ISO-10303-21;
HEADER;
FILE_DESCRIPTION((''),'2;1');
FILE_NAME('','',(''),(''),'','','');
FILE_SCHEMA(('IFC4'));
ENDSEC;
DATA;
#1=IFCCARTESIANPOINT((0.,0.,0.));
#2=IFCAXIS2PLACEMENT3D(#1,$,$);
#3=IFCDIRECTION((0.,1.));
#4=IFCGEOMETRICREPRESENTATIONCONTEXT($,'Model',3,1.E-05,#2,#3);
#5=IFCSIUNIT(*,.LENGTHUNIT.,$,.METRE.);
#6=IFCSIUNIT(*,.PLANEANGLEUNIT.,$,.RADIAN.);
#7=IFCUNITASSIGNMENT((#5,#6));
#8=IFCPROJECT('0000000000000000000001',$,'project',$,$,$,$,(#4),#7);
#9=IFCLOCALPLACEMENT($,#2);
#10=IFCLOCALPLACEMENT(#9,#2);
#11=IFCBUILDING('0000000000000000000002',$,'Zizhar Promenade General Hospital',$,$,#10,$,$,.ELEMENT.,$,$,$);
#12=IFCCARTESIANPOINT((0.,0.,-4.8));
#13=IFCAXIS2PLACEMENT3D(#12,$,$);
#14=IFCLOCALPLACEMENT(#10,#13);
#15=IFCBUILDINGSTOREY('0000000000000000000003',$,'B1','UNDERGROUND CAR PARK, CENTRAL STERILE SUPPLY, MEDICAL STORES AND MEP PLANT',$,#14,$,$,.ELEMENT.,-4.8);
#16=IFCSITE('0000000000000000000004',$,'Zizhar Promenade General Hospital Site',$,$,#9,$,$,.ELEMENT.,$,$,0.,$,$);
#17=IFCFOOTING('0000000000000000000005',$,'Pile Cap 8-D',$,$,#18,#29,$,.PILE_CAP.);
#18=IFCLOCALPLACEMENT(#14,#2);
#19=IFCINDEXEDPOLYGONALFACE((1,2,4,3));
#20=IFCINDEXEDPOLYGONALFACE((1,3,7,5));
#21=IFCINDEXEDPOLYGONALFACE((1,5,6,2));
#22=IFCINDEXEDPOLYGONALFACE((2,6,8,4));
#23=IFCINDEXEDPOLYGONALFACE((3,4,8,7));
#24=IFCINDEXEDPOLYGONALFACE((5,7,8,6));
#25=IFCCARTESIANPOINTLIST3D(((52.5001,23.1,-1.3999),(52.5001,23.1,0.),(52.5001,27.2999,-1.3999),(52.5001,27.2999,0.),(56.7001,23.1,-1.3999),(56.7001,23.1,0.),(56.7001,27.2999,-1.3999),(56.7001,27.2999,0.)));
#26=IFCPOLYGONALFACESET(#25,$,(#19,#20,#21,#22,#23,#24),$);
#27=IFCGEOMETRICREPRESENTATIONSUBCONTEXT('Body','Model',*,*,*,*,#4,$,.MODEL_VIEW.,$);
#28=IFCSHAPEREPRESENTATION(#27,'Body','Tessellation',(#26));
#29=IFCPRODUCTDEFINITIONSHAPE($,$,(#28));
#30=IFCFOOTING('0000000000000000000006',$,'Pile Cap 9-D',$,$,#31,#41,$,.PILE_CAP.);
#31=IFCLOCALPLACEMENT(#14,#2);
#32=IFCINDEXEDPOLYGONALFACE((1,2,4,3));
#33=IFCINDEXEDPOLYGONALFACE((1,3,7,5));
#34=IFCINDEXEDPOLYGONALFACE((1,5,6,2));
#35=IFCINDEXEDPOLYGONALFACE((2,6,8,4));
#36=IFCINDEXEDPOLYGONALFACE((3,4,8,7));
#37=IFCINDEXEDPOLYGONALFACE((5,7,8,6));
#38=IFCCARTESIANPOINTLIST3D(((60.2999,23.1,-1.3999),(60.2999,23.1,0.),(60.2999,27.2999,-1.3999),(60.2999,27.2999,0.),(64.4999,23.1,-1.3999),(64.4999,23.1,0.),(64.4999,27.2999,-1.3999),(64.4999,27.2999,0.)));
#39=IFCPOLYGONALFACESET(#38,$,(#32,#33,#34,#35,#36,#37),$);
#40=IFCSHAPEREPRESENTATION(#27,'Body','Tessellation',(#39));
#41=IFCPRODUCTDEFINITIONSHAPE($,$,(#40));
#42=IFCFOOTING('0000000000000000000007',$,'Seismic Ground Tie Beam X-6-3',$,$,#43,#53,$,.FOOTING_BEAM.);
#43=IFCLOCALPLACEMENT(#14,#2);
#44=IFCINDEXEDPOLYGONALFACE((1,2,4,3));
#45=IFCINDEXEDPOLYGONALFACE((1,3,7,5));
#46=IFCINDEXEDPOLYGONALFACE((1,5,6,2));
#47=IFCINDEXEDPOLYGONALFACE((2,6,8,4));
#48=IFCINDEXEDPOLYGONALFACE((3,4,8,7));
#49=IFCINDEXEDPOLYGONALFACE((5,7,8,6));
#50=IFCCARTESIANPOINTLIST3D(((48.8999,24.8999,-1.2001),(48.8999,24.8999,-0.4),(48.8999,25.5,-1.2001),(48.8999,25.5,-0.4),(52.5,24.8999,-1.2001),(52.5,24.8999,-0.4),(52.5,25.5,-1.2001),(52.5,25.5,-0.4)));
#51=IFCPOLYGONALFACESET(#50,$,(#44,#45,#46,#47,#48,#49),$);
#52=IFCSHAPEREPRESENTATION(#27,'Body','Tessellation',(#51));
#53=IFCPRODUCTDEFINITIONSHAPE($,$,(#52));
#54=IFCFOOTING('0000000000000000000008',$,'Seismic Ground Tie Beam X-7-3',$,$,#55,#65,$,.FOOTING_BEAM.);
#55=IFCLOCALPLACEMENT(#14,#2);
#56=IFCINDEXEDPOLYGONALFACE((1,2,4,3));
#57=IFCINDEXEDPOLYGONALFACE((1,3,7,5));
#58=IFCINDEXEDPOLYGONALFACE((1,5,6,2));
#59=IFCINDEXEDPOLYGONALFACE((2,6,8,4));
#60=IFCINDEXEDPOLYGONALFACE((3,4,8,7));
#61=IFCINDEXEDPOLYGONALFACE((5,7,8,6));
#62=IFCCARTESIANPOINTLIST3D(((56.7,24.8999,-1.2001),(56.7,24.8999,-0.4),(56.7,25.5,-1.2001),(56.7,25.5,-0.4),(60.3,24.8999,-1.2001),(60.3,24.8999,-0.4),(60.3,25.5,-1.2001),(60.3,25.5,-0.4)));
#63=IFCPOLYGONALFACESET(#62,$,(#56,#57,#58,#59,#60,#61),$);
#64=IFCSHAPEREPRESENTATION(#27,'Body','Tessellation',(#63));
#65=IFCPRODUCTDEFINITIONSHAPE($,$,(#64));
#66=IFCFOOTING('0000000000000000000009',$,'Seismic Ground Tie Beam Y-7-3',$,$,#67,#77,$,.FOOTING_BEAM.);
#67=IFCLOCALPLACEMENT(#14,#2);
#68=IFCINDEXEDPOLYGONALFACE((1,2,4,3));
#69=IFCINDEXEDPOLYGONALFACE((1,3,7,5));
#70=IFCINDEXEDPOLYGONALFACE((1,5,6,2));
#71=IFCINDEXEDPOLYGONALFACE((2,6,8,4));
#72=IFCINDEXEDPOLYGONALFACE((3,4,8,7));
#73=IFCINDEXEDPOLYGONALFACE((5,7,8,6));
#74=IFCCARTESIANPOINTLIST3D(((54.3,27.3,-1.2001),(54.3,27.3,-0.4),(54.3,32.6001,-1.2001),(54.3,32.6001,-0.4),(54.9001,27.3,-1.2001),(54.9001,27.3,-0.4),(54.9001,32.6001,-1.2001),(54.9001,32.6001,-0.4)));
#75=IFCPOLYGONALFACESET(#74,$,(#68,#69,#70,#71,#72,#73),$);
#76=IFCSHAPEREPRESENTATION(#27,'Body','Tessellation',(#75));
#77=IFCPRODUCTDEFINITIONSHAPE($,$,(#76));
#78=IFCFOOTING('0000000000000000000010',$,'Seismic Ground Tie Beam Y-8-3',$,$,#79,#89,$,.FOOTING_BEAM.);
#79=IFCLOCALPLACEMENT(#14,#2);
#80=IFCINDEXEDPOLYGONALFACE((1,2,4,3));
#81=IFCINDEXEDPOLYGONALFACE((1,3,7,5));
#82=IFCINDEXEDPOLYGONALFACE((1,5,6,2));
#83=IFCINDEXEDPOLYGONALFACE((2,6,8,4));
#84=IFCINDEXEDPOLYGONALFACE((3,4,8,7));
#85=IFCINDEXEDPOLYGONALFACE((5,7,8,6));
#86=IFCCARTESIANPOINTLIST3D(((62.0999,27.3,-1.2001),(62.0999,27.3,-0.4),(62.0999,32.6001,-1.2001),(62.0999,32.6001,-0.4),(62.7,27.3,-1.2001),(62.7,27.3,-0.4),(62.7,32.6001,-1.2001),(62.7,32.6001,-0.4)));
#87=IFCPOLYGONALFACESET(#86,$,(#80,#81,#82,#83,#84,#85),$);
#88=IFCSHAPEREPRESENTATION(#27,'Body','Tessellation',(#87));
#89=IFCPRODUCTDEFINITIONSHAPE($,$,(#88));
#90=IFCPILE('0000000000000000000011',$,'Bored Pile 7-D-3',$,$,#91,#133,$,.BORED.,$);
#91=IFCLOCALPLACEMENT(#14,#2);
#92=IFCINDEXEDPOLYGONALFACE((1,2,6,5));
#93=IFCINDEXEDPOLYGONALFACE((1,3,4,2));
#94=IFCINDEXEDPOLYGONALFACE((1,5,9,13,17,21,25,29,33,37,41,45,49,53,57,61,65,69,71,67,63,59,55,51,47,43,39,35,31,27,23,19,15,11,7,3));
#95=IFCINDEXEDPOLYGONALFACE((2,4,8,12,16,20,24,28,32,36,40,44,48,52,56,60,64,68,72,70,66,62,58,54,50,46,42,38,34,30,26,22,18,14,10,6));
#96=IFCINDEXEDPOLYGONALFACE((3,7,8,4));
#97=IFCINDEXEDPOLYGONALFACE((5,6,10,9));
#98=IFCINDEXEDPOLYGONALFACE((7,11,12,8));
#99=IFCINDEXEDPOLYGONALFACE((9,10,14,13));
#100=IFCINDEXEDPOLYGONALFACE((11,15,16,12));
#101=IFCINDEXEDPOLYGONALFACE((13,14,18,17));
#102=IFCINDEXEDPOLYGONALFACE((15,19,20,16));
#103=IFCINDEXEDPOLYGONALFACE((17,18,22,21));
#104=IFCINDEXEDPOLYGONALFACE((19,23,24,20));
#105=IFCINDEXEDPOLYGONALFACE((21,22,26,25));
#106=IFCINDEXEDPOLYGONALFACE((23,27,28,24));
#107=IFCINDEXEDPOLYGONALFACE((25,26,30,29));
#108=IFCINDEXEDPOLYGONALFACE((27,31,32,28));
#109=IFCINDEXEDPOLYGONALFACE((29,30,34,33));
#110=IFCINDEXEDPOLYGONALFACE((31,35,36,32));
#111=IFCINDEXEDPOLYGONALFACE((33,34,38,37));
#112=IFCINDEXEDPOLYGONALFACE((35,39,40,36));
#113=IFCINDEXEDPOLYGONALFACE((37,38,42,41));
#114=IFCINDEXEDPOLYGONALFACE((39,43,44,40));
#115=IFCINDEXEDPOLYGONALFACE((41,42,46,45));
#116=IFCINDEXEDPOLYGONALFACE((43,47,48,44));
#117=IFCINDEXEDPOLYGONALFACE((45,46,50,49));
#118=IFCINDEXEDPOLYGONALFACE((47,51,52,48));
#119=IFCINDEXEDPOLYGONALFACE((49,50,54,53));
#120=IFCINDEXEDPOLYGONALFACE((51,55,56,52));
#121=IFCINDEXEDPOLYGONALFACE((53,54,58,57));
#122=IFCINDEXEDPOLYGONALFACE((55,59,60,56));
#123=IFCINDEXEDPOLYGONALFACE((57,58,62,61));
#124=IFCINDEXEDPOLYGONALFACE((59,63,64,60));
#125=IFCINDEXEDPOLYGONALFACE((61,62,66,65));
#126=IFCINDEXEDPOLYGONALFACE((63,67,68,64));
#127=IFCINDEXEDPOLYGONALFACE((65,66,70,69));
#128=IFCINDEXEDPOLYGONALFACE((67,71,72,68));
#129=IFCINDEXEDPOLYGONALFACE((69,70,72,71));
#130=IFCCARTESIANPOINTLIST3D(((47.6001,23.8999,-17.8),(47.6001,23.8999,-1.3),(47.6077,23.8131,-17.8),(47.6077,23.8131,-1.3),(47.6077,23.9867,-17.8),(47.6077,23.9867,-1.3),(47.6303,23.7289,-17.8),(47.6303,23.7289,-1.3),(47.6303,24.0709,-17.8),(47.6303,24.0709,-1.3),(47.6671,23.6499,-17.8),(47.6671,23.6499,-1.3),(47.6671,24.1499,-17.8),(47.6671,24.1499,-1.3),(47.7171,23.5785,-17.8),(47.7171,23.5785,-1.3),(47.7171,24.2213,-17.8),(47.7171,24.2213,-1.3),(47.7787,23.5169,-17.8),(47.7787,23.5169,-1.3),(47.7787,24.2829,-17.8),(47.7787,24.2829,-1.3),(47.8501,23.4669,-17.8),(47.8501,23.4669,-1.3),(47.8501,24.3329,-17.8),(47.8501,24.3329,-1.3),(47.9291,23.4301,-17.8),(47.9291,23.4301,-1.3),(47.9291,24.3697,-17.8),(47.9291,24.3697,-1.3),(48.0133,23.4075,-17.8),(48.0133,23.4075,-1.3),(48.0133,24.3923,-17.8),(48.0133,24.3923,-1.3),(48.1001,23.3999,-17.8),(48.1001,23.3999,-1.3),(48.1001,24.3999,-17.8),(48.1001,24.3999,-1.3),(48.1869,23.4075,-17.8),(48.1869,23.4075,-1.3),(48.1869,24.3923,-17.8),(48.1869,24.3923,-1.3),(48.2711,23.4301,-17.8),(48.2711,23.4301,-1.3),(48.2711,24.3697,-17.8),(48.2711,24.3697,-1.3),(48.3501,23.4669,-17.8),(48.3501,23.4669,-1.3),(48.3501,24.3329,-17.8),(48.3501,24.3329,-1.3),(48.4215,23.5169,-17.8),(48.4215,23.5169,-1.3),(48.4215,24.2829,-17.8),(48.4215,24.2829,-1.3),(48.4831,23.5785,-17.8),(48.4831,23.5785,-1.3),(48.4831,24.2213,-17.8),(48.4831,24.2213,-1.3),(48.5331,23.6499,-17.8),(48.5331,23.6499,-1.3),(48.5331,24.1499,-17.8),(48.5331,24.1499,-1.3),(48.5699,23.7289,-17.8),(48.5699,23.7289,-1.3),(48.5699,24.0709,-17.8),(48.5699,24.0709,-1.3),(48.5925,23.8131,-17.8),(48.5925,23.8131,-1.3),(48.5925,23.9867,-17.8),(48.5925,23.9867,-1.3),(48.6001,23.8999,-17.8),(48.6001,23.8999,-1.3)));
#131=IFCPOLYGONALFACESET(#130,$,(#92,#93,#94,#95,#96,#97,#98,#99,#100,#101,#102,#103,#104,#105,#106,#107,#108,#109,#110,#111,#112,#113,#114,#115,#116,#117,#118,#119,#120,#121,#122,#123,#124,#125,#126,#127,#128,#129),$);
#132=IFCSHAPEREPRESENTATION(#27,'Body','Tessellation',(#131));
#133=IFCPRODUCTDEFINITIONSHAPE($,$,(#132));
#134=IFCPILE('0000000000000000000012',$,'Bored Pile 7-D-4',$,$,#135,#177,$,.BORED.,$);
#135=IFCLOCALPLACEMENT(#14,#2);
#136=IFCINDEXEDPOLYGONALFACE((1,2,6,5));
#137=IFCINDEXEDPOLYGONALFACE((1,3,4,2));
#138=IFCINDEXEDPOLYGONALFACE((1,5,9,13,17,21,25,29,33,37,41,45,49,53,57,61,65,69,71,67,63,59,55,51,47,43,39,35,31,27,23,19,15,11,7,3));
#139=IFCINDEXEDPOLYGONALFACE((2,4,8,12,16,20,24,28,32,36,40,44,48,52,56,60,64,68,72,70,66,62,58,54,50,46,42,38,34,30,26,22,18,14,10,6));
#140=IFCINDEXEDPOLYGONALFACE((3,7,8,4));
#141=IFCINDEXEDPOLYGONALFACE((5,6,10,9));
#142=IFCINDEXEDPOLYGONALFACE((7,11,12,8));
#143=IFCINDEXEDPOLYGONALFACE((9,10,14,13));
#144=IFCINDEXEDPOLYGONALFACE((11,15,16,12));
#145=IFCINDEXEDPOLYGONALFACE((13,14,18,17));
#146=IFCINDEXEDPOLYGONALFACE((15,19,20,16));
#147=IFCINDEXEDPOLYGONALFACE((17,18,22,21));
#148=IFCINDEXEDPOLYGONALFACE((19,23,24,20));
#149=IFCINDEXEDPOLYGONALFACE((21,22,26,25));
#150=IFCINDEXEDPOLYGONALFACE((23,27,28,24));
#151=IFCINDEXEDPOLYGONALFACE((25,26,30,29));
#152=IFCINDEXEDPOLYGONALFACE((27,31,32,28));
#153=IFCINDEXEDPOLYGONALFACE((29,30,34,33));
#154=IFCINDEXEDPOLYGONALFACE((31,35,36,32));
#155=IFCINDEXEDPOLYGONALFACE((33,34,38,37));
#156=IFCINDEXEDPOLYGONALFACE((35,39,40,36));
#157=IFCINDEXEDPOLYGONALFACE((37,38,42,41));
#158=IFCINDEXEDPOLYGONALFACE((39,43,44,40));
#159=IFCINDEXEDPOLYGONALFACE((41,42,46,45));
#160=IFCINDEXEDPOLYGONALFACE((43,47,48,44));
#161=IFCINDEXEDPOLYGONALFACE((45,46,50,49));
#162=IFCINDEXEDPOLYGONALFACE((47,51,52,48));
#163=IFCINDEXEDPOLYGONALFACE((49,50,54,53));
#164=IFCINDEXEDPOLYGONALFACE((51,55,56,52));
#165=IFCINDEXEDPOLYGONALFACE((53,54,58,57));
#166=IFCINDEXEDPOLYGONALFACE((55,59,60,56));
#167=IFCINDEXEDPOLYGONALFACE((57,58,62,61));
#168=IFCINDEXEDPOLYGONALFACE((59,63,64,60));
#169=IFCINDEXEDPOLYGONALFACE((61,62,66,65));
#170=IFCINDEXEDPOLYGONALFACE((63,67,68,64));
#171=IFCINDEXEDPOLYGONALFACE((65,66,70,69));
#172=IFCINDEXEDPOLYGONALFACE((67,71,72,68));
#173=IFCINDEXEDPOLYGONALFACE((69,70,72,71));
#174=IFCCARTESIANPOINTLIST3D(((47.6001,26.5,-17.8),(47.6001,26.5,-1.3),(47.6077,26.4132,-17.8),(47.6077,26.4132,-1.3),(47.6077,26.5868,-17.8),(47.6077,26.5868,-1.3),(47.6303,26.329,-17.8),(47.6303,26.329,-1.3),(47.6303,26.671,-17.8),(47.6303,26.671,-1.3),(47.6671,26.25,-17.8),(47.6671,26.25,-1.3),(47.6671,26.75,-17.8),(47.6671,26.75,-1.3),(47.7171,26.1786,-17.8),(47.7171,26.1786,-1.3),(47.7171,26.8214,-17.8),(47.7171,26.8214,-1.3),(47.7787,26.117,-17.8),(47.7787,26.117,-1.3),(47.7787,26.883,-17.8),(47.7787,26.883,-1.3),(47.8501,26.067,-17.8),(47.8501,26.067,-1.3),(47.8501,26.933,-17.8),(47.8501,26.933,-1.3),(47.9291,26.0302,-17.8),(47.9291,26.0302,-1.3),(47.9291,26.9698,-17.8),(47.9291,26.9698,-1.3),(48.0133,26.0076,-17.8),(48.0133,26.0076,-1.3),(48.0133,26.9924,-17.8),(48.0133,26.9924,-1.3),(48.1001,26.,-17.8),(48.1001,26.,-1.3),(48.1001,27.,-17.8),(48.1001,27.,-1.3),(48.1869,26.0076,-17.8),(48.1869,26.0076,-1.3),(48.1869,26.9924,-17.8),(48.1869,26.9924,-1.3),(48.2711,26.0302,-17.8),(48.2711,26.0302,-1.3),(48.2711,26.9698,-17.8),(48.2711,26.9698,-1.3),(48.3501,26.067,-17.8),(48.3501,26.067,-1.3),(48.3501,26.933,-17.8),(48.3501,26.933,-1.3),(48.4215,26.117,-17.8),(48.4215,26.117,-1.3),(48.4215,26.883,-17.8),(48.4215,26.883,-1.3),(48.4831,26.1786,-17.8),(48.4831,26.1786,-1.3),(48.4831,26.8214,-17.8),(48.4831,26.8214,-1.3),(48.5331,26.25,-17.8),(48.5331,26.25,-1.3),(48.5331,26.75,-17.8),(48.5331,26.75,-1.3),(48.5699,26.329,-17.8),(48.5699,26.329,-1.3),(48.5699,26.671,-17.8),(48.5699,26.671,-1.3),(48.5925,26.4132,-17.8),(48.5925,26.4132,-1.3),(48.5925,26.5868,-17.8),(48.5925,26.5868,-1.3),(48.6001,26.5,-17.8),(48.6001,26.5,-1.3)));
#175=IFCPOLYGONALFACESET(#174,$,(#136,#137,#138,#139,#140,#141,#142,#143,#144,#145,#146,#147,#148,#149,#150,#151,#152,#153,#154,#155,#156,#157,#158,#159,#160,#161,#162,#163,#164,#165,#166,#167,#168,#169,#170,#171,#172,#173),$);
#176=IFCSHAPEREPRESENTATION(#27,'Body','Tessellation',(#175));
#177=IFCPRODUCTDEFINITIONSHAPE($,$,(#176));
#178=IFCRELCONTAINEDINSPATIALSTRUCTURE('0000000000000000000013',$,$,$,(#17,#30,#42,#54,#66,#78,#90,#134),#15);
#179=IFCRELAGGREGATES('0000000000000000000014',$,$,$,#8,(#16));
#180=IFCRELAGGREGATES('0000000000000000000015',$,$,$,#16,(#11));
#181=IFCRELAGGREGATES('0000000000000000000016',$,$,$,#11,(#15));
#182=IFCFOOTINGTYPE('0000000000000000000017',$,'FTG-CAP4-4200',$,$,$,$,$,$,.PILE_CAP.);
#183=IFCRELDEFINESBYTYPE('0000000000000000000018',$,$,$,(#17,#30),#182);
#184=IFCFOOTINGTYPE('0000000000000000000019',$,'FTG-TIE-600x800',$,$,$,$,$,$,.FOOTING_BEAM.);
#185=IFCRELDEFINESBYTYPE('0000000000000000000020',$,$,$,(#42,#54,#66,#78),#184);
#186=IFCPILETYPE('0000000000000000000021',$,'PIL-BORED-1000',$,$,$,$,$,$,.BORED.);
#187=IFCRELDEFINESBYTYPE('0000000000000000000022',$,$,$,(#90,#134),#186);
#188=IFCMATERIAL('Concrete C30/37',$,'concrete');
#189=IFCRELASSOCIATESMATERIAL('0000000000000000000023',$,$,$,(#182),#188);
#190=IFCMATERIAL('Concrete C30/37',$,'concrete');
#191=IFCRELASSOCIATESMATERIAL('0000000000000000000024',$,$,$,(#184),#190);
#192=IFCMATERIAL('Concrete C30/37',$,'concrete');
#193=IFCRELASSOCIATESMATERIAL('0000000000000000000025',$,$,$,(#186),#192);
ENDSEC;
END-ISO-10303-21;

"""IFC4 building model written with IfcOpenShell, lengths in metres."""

from ifc_helpers import new_model, si_unit, direction, frame, origin, origin_2d, place, context, subcontext, project, spatial, rectangle, circle, extrude, material, material_profile, profile_set, type_object, element, save


model = new_model("IFC4")

# Units and contexts
model_context = context("Model", 3, precision=1e-05, world=origin(), true_north=direction((0.0, 1.0)))
body_context = subcontext(model_context, "Body", "Model", "MODEL_VIEW")
ifc_project = project(units=[si_unit("LENGTHUNIT", "METRE"), si_unit("PLANEANGLEUNIT", "RADIAN")], contexts=[model_context])

# Site, building, storey
site_placement = place(None, origin())
site = spatial("IfcSite", under=ifc_project, at=site_placement, Name="Zizhar Promenade General Hospital Site", CompositionType="ELEMENT", RefElevation=0.0)
building_placement = place(site_placement, origin())
building = spatial("IfcBuilding", under=site, at=building_placement, Name="Zizhar Promenade General Hospital", CompositionType="ELEMENT")
storey_placement = place(building_placement, frame((0.0, 0.0, -4.8)))
storey = spatial("IfcBuildingStorey", under=building, at=storey_placement, Name="B1", Description="UNDERGROUND CAR PARK, CENTRAL STERILE SUPPLY, MEDICAL STORES AND MEP PLANT", CompositionType="ELEMENT", Elevation=-4.8)

# Footings
ifc_material_1 = material(Name="Concrete C30/37", Category="concrete")
footing_type_1 = type_object("IfcFootingType", Name="FTG-CAP4-4200", PredefinedType="PILE_CAP", material=ifc_material_1)
for number, where, z_axis, x_axis, name in (
    (1, (54.6001, 25.2, -1.3999), (0.0, 0.0, 1.0), (1.0, 0.0, 0.0), "Pile Cap 8-D"),
    (2, (62.3999, 25.2, -1.3999), (0.0, 0.0, 1.0), (1.0, 0.0, 0.0), "Pile Cap 9-D"),
):
    element("IfcFooting", number, at=place(storey_placement, frame(where, z_axis=z_axis, x_axis=x_axis)), inside=storey, type_object=footing_type_1, Name=name, PredefinedType="PILE_CAP", context=body_context, shape_type="SweptSolid", body=[
        extrude(rectangle(XDim=4.2, YDim=4.2, at=origin_2d()), origin(), (0.0, 0.0, 1.0), 1.3999),
    ])
ifc_material_2 = material(Name="Concrete C30/37", Category="concrete")
ifc_material_profile_1 = material_profile(ifc_material_2, rectangle(XDim=0.6001, YDim=0.8, at=origin_2d()))
ifc_profile_set_1 = profile_set([ifc_material_profile_1], Name="Concrete C30/37")
footing_type_2 = type_object("IfcFootingType", Name="FTG-TIE-600x800", PredefinedType="FOOTING_BEAM", material=ifc_profile_set_1)
for number, where, z_axis, x_axis, name in (
    (3, (48.8999, 25.2, -0.8), (1.0, 0.0, 0.0), (0.0, 1.0, 0.0), "Seismic Ground Tie Beam X-6-3"),
    (4, (56.7, 25.2, -0.8), (1.0, 0.0, 0.0), (0.0, 1.0, 0.0), "Seismic Ground Tie Beam X-7-3"),
):
    element("IfcFooting", number, at=place(storey_placement, frame(where, z_axis=z_axis, x_axis=x_axis)), inside=storey, type_object=footing_type_2, Name=name, PredefinedType="FOOTING_BEAM", context=body_context, shape_type="SweptSolid", body=[
        extrude(rectangle(XDim=0.6001, YDim=0.8, at=origin_2d()), origin(), (0.0, 0.0, 1.0), 3.6001),
    ])
for number, where, z_axis, x_axis, name in (
    (5, (54.6001, 27.3, -0.8), (0.0, 1.0, 0.0), (-1.0, 0.0, 0.0), "Seismic Ground Tie Beam Y-7-3"),
    (6, (62.3999, 27.3, -0.8), (0.0, 1.0, 0.0), (-1.0, 0.0, 0.0), "Seismic Ground Tie Beam Y-8-3"),
):
    element("IfcFooting", number, at=place(storey_placement, frame(where, z_axis=z_axis, x_axis=x_axis)), inside=storey, type_object=footing_type_2, Name=name, PredefinedType="FOOTING_BEAM", context=body_context, shape_type="SweptSolid", body=[
        extrude(rectangle(XDim=0.6001, YDim=0.8, at=origin_2d()), origin(), (0.0, 0.0, 1.0), 5.3),
    ])

# Piles
ifc_material_3 = material(Name="Concrete C30/37", Category="concrete")
ifc_material_profile_2 = material_profile(ifc_material_3, circle(Radius=0.5, at=origin_2d()))
ifc_profile_set_2 = profile_set([ifc_material_profile_2], Name="Concrete C30/37")
pile_type = type_object("IfcPileType", Name="PIL-BORED-1000", PredefinedType="BORED", material=ifc_profile_set_2)
for number, where, z_axis, x_axis, name in (
    (7, (48.1001, 23.8999, -1.3), (0.0, 0.0, -1.0), (1.0, 0.0, 0.0), "Bored Pile 7-D-3"),
    (8, (48.1001, 26.5, -1.3), (0.0, 0.0, -1.0), (1.0, 0.0, 0.0), "Bored Pile 7-D-4"),
):
    element("IfcPile", number, at=place(storey_placement, frame(where, z_axis=z_axis, x_axis=x_axis)), inside=storey, type_object=pile_type, Name=name, PredefinedType="BORED", context=body_context, shape_type="SweptSolid", body=[
        extrude(circle(Radius=0.5, at=origin_2d()), origin(), (0.0, 0.0, 1.0), 16.5),
    ])

save(model, "model.ifc")
